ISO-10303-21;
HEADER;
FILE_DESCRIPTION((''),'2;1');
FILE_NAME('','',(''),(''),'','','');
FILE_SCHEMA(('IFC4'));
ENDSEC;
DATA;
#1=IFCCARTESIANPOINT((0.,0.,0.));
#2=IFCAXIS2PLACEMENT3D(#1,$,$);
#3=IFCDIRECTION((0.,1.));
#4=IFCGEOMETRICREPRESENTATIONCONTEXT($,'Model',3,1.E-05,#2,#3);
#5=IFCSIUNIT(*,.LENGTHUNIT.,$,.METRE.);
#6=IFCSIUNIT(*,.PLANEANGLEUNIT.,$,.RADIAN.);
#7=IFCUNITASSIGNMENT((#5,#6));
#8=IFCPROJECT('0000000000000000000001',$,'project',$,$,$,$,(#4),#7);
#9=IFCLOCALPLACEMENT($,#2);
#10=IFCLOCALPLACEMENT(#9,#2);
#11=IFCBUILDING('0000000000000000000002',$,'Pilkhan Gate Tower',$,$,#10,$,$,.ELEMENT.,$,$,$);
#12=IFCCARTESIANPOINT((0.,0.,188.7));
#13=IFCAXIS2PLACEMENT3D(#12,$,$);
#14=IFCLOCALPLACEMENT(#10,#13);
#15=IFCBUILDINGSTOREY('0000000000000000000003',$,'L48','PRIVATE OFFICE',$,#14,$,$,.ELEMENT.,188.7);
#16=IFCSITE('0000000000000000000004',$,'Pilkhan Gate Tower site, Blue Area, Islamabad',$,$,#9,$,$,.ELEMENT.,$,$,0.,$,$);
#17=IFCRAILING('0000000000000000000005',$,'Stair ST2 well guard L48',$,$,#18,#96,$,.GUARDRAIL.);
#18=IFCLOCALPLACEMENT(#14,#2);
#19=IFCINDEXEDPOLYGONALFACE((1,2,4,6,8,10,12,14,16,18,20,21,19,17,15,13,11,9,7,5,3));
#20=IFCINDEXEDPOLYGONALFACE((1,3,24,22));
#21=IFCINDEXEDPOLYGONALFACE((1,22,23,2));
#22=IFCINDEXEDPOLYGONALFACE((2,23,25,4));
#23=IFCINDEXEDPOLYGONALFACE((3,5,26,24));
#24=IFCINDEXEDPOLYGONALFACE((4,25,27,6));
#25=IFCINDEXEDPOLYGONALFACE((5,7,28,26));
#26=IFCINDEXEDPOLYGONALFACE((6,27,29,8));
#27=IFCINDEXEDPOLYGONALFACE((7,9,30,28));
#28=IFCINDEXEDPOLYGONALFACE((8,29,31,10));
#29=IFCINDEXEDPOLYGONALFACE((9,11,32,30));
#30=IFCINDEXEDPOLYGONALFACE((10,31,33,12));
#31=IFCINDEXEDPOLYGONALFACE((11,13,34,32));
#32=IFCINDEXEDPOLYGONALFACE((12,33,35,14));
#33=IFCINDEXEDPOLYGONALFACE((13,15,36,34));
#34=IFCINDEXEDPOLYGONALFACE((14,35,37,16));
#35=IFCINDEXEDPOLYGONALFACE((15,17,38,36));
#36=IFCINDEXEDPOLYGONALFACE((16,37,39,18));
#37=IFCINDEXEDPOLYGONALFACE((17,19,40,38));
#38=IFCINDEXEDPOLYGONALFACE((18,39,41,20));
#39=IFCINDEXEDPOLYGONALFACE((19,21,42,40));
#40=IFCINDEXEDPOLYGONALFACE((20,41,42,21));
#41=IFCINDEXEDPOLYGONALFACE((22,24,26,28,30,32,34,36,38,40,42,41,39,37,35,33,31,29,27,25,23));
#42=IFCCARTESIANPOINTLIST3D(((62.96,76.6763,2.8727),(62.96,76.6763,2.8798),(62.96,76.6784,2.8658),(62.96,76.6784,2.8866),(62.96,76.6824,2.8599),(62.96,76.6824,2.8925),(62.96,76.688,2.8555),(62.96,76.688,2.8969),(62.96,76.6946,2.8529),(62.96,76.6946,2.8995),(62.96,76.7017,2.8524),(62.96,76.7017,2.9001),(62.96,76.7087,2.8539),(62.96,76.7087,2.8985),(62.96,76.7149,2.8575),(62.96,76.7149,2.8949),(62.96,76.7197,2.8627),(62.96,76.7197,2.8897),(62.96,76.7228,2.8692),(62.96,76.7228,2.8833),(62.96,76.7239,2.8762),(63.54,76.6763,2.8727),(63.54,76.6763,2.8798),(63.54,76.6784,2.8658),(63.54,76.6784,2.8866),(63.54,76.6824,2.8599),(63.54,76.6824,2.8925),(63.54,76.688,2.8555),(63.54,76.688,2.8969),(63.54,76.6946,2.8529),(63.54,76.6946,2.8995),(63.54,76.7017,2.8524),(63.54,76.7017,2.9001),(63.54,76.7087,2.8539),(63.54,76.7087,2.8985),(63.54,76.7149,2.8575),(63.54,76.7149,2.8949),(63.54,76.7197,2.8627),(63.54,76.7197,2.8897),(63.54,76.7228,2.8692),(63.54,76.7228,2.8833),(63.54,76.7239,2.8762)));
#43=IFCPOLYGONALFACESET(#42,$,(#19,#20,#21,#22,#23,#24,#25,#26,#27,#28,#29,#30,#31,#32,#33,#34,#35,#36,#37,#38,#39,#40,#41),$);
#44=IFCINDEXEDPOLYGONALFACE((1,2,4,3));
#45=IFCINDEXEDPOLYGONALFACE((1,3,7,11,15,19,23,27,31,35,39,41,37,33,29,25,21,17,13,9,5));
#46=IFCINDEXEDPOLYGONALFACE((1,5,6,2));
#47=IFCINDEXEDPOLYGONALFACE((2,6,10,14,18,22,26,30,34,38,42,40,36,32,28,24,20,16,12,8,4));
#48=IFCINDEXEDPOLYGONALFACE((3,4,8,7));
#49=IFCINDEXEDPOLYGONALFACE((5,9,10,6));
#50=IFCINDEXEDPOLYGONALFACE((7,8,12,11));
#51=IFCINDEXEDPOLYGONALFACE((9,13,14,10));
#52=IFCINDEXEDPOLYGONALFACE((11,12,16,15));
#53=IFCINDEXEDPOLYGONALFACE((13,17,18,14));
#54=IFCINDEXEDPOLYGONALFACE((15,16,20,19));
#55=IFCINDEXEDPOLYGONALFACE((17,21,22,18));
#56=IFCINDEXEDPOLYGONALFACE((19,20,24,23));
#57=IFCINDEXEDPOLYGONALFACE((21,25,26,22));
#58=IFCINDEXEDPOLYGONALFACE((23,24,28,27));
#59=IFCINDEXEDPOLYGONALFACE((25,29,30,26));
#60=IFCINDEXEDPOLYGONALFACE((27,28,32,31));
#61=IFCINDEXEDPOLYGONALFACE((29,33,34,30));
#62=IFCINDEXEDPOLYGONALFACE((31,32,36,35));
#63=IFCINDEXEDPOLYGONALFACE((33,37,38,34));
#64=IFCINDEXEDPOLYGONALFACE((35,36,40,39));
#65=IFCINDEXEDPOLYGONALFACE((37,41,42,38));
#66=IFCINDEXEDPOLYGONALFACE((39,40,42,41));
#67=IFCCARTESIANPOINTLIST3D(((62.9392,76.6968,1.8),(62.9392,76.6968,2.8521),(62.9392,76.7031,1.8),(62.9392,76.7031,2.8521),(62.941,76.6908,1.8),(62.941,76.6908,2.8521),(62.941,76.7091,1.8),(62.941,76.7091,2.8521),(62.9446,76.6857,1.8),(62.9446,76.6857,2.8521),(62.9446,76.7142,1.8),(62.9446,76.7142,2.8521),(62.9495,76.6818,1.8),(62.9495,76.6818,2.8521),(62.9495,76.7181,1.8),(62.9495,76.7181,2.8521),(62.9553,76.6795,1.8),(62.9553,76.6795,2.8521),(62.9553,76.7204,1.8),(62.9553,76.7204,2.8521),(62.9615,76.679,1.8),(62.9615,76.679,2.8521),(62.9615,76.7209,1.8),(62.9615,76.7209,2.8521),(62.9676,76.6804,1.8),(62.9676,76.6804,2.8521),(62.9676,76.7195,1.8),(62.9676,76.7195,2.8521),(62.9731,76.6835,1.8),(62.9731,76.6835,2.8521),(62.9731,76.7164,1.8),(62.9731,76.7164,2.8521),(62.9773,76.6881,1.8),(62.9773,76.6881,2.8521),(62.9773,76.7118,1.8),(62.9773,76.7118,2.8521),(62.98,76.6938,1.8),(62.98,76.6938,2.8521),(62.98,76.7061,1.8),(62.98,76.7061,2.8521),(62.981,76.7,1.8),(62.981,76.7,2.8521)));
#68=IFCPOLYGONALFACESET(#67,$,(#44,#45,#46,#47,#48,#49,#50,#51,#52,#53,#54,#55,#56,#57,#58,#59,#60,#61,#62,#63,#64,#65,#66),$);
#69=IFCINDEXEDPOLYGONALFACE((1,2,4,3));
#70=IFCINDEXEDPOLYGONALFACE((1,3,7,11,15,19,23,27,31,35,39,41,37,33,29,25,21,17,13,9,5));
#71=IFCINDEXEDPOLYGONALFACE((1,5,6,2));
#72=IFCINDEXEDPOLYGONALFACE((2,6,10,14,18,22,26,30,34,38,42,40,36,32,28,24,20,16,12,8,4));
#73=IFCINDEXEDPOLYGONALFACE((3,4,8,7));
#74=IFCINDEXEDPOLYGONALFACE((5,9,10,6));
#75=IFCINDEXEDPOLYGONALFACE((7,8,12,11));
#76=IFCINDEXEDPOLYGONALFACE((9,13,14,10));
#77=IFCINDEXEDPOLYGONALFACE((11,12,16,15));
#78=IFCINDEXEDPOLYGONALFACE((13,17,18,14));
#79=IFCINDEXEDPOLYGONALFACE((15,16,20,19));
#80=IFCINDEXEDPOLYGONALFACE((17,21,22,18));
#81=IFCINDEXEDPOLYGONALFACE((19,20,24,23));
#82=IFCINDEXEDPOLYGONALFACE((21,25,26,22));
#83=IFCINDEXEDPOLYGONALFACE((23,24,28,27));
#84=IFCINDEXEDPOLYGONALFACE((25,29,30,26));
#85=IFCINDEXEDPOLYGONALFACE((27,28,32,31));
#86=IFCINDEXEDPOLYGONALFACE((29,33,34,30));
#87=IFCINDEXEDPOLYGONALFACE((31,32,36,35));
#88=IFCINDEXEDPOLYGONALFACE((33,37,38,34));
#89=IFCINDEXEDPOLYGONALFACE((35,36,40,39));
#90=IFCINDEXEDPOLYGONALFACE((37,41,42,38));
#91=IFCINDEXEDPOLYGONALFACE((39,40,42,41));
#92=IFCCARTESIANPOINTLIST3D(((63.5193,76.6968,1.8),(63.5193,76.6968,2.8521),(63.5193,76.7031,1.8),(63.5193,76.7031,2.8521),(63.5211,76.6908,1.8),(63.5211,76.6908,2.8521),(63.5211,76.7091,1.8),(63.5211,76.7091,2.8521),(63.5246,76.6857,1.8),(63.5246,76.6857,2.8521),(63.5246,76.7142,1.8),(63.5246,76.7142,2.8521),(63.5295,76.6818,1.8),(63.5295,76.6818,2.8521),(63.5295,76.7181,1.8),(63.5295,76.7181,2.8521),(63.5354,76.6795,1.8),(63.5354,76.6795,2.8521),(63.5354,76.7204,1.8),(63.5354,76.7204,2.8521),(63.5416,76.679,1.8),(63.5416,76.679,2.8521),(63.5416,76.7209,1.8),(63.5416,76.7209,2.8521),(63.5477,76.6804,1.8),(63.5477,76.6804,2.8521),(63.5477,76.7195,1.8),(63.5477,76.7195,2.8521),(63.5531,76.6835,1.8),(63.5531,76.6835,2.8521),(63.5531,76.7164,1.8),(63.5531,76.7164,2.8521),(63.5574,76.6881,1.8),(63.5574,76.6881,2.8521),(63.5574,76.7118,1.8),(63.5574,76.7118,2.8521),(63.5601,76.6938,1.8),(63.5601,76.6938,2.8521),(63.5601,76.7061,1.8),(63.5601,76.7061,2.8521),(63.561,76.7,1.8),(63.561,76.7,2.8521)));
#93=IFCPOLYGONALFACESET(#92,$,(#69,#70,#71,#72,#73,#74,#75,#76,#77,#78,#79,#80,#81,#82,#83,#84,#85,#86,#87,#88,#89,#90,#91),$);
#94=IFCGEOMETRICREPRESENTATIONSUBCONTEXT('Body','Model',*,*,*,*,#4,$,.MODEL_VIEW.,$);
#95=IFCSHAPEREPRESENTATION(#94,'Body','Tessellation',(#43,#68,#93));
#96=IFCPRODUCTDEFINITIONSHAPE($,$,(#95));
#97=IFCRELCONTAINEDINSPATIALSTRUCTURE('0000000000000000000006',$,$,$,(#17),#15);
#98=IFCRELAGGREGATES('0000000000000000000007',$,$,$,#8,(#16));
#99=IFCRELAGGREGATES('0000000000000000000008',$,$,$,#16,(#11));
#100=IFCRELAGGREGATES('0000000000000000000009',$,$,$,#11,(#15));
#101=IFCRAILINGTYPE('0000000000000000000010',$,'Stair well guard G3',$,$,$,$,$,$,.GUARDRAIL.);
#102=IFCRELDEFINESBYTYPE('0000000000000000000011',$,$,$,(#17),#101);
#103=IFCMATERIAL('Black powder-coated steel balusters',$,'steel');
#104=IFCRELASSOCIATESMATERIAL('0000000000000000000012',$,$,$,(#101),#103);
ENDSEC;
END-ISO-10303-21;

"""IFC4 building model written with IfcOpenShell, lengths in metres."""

from ifc_helpers import new_model, si_unit, direction, frame, origin, origin_2d, place, context, subcontext, project, spatial, circle, extrude, material, type_object, element, save


model = new_model("IFC4")

# Units and contexts
model_context = context("Model", 3, precision=1e-05, world=origin(), true_north=direction((0.0, 1.0)))
body_context = subcontext(model_context, "Body", "Model", "MODEL_VIEW")
ifc_project = project(units=[si_unit("LENGTHUNIT", "METRE"), si_unit("PLANEANGLEUNIT", "RADIAN")], contexts=[model_context])

# Site, building, storey
site_placement = place(None, origin())
site = spatial("IfcSite", under=ifc_project, at=site_placement, Name="Pilkhan Gate Tower site, Blue Area, Islamabad", CompositionType="ELEMENT", RefElevation=0.0)
building_placement = place(site_placement, origin())
building = spatial("IfcBuilding", under=site, at=building_placement, Name="Pilkhan Gate Tower", CompositionType="ELEMENT")
storey_placement = place(building_placement, frame((0.0, 0.0, 188.7)))
storey = spatial("IfcBuildingStorey", under=building, at=storey_placement, Name="L48", Description="PRIVATE OFFICE", CompositionType="ELEMENT", Elevation=188.7)

# Railing
ifc_material_1 = material(Name="Black powder-coated steel balusters", Category="steel")
railing_type_1 = type_object("IfcRailingType", Name="Stair well guard G3", PredefinedType="GUARDRAIL", material=ifc_material_1)
for number, where, name in (
    (1, (62.96, 76.7, 1.8), "Stair ST2 well guard L48"),
):
    element("IfcRailing", number, at=place(storey_placement, frame(where)), inside=storey, type_object=railing_type_1, Name=name, PredefinedType="GUARDRAIL", context=body_context, shape_type="SweptSolid", body=[
        extrude(circle(Radius=0.0239, at=origin_2d()), frame((0.0, 0.0, 1.0762), z_axis=(1.0, 0.0, 0.0), x_axis=(0.0, 1.0, 0.0)), (0.0, 0.0, 1.0), 0.5801),
        extrude(circle(Radius=0.021, at=origin_2d()), origin(), (0.0, 0.0, 1.0), 1.052),
        extrude(circle(Radius=0.021, at=origin_2d()), frame((0.5801, 0.0, 0.0)), (0.0, 0.0, 1.0), 1.052),
    ])

save(model, "model.ifc")
